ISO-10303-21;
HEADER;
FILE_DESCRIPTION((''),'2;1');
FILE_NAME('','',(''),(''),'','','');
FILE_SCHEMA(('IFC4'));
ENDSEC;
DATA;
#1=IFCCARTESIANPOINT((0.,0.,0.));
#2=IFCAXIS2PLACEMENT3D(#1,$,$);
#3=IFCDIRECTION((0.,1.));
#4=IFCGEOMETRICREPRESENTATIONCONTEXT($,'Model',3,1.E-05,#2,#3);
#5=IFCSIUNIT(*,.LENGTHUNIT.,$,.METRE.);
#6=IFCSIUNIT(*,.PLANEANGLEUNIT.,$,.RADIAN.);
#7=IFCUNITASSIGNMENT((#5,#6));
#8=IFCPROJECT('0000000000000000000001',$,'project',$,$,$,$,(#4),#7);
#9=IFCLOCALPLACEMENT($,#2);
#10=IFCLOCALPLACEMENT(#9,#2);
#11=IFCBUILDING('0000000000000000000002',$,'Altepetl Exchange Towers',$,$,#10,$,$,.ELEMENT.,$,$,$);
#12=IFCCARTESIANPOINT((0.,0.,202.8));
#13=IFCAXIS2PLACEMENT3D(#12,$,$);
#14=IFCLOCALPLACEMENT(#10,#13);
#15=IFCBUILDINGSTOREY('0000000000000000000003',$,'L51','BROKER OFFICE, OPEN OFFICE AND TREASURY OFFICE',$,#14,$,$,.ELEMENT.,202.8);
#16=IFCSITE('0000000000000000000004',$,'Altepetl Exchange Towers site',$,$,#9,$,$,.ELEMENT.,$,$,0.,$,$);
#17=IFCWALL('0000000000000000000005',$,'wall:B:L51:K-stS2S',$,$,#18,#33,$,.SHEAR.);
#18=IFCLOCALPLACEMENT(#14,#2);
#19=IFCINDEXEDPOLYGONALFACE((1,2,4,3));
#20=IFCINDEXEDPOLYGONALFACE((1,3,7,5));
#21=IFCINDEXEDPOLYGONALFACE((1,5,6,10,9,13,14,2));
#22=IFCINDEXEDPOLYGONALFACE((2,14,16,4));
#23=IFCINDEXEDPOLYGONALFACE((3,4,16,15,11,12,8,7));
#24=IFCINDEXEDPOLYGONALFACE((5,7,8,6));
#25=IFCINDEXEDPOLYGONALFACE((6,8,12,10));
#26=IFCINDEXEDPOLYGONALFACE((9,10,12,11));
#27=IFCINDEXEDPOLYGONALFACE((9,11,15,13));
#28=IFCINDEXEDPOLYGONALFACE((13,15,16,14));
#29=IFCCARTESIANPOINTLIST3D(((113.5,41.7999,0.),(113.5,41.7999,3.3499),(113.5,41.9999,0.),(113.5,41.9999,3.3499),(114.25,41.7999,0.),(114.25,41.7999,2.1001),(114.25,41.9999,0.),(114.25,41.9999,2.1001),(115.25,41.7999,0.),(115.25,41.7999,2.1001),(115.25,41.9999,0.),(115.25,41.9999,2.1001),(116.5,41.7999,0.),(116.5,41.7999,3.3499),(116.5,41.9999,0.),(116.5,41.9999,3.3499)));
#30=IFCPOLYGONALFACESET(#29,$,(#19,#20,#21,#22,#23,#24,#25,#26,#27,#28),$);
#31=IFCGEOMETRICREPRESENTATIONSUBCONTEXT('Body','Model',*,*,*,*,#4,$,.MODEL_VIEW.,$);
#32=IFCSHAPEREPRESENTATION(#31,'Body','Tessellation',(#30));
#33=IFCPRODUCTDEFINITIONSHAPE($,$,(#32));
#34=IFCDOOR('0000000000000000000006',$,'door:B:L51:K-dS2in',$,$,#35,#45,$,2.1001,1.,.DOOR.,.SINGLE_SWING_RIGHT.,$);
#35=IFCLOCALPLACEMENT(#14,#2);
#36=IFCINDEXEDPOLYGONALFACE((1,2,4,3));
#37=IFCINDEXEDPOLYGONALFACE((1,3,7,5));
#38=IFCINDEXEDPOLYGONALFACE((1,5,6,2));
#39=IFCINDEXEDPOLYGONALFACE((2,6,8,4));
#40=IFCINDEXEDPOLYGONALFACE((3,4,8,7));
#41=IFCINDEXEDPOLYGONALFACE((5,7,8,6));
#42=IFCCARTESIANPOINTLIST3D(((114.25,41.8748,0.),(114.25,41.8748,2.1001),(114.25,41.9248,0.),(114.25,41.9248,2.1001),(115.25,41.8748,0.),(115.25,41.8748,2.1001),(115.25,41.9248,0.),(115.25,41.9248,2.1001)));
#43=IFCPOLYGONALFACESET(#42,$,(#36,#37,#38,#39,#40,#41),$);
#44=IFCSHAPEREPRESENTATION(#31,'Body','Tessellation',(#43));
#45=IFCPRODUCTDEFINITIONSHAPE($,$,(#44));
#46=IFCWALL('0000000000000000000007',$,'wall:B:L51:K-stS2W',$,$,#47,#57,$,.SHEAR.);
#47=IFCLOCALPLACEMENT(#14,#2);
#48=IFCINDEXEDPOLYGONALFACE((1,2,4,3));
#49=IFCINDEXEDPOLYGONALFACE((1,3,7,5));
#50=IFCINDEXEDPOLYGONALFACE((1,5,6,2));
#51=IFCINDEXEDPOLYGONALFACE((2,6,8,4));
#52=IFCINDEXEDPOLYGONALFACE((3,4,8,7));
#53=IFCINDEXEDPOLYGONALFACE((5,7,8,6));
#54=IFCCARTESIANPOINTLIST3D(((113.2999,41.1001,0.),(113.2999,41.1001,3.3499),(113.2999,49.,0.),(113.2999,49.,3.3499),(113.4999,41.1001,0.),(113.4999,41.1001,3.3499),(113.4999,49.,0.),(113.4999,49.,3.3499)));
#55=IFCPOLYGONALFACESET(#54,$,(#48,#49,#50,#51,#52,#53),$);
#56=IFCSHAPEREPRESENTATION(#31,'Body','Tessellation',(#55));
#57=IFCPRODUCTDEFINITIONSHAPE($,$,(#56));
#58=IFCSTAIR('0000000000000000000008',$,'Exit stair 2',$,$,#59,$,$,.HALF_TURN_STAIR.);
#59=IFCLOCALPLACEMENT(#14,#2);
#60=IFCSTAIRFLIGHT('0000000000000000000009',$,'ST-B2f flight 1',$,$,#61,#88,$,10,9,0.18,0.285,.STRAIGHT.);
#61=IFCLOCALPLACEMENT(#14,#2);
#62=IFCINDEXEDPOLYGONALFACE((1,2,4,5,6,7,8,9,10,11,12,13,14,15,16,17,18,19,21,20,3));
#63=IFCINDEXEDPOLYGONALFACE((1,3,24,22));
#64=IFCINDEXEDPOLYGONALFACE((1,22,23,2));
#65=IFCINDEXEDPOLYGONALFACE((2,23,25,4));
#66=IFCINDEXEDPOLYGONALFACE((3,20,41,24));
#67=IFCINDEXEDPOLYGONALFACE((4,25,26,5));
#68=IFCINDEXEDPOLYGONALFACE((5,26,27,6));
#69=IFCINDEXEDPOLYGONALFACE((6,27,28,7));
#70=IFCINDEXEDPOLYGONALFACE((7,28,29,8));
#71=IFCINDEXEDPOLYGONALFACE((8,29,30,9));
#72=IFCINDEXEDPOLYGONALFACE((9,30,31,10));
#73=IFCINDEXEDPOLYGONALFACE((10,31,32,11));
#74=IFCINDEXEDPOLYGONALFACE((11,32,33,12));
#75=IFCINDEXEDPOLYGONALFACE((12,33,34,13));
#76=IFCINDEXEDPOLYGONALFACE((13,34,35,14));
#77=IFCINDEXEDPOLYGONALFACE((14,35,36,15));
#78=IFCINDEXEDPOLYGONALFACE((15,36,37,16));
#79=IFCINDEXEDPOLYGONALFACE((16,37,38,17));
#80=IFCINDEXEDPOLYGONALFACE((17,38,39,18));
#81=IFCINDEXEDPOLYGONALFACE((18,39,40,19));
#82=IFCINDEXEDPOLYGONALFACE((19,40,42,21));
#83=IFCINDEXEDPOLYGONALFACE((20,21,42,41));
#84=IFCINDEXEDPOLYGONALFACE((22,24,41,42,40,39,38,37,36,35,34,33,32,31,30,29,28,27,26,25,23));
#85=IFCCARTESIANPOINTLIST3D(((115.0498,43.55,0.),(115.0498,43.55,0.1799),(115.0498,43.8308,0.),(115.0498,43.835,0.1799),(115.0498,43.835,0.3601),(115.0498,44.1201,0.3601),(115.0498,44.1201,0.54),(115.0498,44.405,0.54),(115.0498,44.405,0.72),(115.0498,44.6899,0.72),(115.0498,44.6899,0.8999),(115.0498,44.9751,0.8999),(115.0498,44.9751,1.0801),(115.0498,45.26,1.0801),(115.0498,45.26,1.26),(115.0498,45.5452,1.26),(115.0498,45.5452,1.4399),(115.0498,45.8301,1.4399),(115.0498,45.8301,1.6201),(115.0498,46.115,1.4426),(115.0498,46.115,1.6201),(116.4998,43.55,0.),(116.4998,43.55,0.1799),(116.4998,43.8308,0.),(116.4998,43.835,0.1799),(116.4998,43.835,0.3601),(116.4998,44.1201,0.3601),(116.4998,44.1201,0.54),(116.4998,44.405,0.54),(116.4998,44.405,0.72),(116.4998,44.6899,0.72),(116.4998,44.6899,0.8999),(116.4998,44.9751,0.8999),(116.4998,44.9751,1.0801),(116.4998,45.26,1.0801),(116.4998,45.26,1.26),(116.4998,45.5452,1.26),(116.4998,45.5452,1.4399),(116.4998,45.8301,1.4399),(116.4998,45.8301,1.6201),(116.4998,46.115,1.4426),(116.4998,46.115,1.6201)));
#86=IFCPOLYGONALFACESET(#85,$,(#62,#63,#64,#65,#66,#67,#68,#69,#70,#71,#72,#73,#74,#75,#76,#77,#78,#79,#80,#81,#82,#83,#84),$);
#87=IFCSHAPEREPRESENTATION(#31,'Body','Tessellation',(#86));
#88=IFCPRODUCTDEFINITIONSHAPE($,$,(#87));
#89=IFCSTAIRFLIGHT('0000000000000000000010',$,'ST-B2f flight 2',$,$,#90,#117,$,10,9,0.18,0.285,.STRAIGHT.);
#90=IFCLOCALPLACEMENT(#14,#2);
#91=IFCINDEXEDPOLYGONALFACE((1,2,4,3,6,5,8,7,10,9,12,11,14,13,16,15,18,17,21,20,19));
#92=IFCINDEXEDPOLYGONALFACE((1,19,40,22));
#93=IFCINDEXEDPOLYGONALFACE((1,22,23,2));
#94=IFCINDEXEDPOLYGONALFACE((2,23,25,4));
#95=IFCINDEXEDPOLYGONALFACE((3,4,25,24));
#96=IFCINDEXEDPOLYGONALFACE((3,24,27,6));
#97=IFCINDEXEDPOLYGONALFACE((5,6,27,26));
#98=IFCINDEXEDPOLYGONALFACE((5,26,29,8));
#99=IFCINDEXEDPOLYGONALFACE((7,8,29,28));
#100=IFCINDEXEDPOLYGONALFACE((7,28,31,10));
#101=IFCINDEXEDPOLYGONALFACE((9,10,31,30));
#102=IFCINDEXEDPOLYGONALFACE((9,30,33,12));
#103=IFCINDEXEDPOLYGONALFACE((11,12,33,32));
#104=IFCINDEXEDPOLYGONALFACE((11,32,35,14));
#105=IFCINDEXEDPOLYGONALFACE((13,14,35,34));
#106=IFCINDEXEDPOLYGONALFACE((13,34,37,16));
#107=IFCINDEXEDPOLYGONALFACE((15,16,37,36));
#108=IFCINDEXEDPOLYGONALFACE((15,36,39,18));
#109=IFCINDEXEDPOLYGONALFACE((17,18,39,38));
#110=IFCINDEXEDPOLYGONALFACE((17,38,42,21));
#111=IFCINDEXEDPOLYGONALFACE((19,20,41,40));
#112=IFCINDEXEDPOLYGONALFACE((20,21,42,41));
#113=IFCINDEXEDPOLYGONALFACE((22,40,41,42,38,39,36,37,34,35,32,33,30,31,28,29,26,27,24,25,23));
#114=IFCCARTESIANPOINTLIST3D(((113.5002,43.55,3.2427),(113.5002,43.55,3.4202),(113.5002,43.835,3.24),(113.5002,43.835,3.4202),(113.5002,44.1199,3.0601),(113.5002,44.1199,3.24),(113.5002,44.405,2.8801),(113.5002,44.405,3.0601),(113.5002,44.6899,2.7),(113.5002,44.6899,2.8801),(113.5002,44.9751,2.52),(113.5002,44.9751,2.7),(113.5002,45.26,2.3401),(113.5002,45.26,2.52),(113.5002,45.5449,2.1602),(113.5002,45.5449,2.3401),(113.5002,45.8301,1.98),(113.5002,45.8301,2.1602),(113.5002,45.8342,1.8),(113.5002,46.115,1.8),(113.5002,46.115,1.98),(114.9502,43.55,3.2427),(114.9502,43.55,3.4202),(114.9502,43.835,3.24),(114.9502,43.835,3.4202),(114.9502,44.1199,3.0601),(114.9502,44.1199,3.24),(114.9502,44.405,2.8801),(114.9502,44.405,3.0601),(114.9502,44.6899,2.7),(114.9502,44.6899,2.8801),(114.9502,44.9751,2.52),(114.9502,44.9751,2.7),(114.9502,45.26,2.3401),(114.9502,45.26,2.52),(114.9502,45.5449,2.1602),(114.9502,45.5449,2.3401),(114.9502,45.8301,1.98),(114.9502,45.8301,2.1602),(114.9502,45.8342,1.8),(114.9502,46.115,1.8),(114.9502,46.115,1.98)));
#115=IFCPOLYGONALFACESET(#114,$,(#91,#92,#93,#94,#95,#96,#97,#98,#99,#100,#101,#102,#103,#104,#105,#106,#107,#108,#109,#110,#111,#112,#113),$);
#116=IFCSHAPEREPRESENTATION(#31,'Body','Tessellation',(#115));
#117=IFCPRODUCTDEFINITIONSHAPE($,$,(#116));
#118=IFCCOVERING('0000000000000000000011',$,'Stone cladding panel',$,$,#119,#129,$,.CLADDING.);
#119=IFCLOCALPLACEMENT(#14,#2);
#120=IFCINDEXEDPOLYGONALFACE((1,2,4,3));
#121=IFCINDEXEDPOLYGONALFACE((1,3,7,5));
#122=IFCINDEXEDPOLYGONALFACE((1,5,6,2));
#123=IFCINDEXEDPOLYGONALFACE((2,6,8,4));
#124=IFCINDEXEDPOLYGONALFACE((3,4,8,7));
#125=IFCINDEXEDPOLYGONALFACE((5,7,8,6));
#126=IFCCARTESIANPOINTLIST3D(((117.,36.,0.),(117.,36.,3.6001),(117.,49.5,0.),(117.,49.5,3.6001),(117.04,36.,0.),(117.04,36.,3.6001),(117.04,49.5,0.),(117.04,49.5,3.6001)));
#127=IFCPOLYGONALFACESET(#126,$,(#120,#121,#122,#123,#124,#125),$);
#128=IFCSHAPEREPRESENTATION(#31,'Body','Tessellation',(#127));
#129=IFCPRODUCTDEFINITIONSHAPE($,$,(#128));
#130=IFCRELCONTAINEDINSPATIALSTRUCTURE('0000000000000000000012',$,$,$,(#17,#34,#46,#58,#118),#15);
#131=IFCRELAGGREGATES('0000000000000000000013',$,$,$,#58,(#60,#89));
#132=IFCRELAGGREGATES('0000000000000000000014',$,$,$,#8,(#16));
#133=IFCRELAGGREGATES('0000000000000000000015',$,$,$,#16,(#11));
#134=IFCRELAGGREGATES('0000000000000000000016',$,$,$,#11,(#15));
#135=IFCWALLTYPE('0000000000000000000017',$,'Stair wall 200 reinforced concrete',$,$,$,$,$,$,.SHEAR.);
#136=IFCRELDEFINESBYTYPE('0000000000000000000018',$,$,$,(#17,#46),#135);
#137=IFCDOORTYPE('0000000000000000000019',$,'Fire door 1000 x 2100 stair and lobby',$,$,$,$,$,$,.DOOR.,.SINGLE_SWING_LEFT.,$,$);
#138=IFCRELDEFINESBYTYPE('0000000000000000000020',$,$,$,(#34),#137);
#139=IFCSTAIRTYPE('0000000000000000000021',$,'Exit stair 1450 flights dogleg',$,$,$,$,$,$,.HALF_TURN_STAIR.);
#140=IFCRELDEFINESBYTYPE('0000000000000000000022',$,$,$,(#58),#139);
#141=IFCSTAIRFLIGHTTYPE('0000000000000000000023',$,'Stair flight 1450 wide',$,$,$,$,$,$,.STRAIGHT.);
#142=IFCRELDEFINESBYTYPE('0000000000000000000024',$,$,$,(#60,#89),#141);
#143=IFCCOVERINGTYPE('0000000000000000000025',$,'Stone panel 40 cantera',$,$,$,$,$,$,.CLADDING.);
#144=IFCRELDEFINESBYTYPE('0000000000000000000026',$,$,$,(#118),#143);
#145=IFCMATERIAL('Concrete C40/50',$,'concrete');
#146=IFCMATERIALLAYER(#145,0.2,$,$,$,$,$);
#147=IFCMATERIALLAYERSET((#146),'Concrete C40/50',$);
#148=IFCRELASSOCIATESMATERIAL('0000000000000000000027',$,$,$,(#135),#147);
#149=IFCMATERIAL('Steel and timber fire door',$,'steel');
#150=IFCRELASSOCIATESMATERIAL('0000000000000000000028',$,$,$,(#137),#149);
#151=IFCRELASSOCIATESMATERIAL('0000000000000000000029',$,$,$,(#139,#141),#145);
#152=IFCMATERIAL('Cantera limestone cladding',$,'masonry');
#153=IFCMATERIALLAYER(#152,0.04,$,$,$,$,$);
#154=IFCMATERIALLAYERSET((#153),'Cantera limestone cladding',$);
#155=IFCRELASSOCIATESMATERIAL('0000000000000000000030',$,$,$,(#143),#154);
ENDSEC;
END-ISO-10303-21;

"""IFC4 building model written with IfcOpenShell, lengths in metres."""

from ifc_helpers import new_model, si_unit, direction, frame, frame_2d, origin, origin_2d, place, context, subcontext, project, spatial, polyline, rectangle, outline, extrude, material, layer, layer_set, type_object, element, fill, aggregate, save


model = new_model("IFC4")

# Units and contexts
model_context = context("Model", 3, precision=1e-05, world=origin(), true_north=direction((0.0, 1.0)))
body_context = subcontext(model_context, "Body", "Model", "MODEL_VIEW")
ifc_project = project(units=[si_unit("LENGTHUNIT", "METRE"), si_unit("PLANEANGLEUNIT", "RADIAN")], contexts=[model_context])

# Site, building, storey
site_placement = place(None, origin())
site = spatial("IfcSite", under=ifc_project, at=site_placement, Name="Altepetl Exchange Towers site", CompositionType="ELEMENT", RefElevation=0.0)
building_placement = place(site_placement, origin())
building = spatial("IfcBuilding", under=site, at=building_placement, Name="Altepetl Exchange Towers", CompositionType="ELEMENT")
storey_placement = place(building_placement, frame((0.0, 0.0, 202.8)))
storey = spatial("IfcBuildingStorey", under=building, at=storey_placement, Name="L51", Description="BROKER OFFICE, OPEN OFFICE AND TREASURY OFFICE", CompositionType="ELEMENT", Elevation=202.8)

# Shared definitions
ifc_material_1 = material(Name="Steel and timber fire door", Category="steel")

# Shared definitions
ifc_material_2 = material(Name="Concrete C40/50", Category="concrete")

# Wall, opening, door
ifc_layer_1 = layer(ifc_material_2, 0.2)
ifc_layer_set_1 = layer_set([ifc_layer_1], Name="Concrete C40/50")
wall_type_1 = type_object("IfcWallType", Name="Stair wall 200 reinforced concrete", PredefinedType="SHEAR", material=ifc_layer_set_1)
wall_1_placement = place(storey_placement, frame((113.5, 41.8999, 0.0)))
wall_1 = element("IfcWall", 1, at=wall_1_placement, inside=storey, type_object=wall_type_1, Name="wall:B:L51:K-stS2S", PredefinedType="SHEAR", context=body_context, shape_type="SweptSolid", body=[
    extrude(rectangle(XDim=3.0, YDim=0.2, at=frame_2d((1.5, 0.0))), origin(), (0.0, 0.0, 1.0), 3.3499),
])
opening_1_placement = place(wall_1_placement, frame((0.75, 0.0, 0.0)))
opening_1 = element("IfcOpeningElement", 2, at=opening_1_placement, cuts=wall_1, PredefinedType="OPENING", context=body_context, shape_type="SweptSolid", body=[
    extrude(rectangle(XDim=1.0, YDim=2.1001, at=frame_2d((0.5, 1.05))), frame((0.0, 0.1099, 0.0), z_axis=(0.0, -1.0, 0.0), x_axis=(1.0, 0.0, 0.0)), (0.0, 0.0, 1.0), 0.22),
])
door_type_1 = type_object("IfcDoorType", Name="Fire door 1000 x 2100 stair and lobby", OperationType="SINGLE_SWING_LEFT", PredefinedType="DOOR", material=ifc_material_1)
door_1_placement = place(opening_1_placement, origin())
door_1 = element("IfcDoor", 3, at=door_1_placement, inside=storey, type_object=door_type_1, Name="door:B:L51:K-dS2in", OperationType="SINGLE_SWING_RIGHT", OverallHeight=2.1001, OverallWidth=1.0, PredefinedType="DOOR", context=body_context, shape_type="SweptSolid", body=[
    extrude(rectangle(XDim=1.0, YDim=2.1001, at=frame_2d((0.5, 1.05))), frame((0.0, 0.0249, 0.0), z_axis=(0.0, -1.0, 0.0), x_axis=(1.0, 0.0, 0.0)), (0.0, 0.0, 1.0), 0.05),
])
fill(opening_1, door_1)

# Wall
wall_2_placement = place(storey_placement, frame((113.3999, 41.1001, 0.0), z_axis=(0.0, 0.0, 1.0), x_axis=(0.0, 1.0, 0.0)))
element("IfcWall", 4, at=wall_2_placement, inside=storey, type_object=wall_type_1, Name="wall:B:L51:K-stS2W", PredefinedType="SHEAR", context=body_context, shape_type="SweptSolid", body=[
    extrude(rectangle(XDim=7.8999, YDim=0.2, at=frame_2d((3.95, 0.0))), origin(), (0.0, 0.0, 1.0), 3.3499),
])

# Stair, stair flights
stair_type = type_object("IfcStairType", Name="Exit stair 1450 flights dogleg", PredefinedType="HALF_TURN_STAIR", material=ifc_material_2)
stair_placement = place(storey_placement, origin())
stair = element("IfcStair", 5, at=stair_placement, inside=storey, type_object=stair_type, Name="Exit stair 2", PredefinedType="HALF_TURN_STAIR")
stair_flight_type = type_object("IfcStairFlightType", Name="Stair flight 1450 wide", PredefinedType="STRAIGHT", material=ifc_material_2)
stair_flight_1_placement = place(storey_placement, frame((115.7749, 43.55, 0.0), z_axis=(0.0, 0.0, 1.0), x_axis=(0.0, 1.0, 0.0)))
stair_flight_1 = element("IfcStairFlight", 6, at=stair_flight_1_placement, type_object=stair_flight_type, Name="ST-B2f flight 1", NumberOfRisers=10, NumberOfTreads=9, PredefinedType="STRAIGHT", RiserHeight=0.18, TreadLength=0.285, context=body_context, shape_type="SweptSolid", body=[
    extrude(outline(polyline([(0.0, 0.0), (0.0, 0.1799), (0.2849, 0.1799), (0.2849, 0.3601), (0.5701, 0.3601), (0.5701, 0.54), (0.855, 0.54), (0.855, 0.72), (1.1399, 0.72), (1.1399, 0.8999), (1.425, 0.8999), (1.425, 1.0801), (1.71, 1.0801), (1.71, 1.26), (1.9951, 1.26), (1.9951, 1.4399), (2.28, 1.4399), (2.28, 1.6201), (2.5649, 1.6201), (2.5649, 1.8), (2.5649, 1.4426), (0.2808, 0.0), (0.0, 0.0)])), frame((0.0, 0.7251, 0.0), z_axis=(0.0, -1.0, 0.0), x_axis=(1.0, 0.0, 0.0)), (0.0, 0.0, 1.0), 1.45),
])
stair_flight_2_placement = place(storey_placement, frame((114.2251, 46.115, 1.8), z_axis=(0.0, 0.0, 1.0), x_axis=(0.0, -1.0, 0.0)))
stair_flight_2 = element("IfcStairFlight", 7, at=stair_flight_2_placement, type_object=stair_flight_type, Name="ST-B2f flight 2", NumberOfRisers=10, NumberOfTreads=9, PredefinedType="STRAIGHT", RiserHeight=0.18, TreadLength=0.285, context=body_context, shape_type="SweptSolid", body=[
    extrude(outline(polyline([(0.0, 0.0), (0.0, 0.1799), (0.2849, 0.1799), (0.2849, 0.3601), (0.5701, 0.3601), (0.5701, 0.54), (0.855, 0.54), (0.855, 0.72), (1.1399, 0.72), (1.1399, 0.8999), (1.425, 0.8999), (1.425, 1.0801), (1.71, 1.0801), (1.71, 1.26), (1.9951, 1.26), (1.9951, 1.4399), (2.28, 1.4399), (2.28, 1.6201), (2.5649, 1.6201), (2.5649, 1.8), (2.5649, 1.4426), (0.2808, 0.0), (0.0, 0.0)])), frame((0.0, 0.7251, 0.0), z_axis=(0.0, -1.0, 0.0), x_axis=(1.0, 0.0, 0.0)), (0.0, 0.0, 1.0), 1.45),
])
aggregate(stair, [stair_flight_1, stair_flight_2])

# Covering
ifc_material_3 = material(Name="Cantera limestone cladding", Category="masonry")
ifc_layer_2 = layer(ifc_material_3, 0.04)
ifc_layer_set_2 = layer_set([ifc_layer_2], Name="Cantera limestone cladding")
covering_type = type_object("IfcCoveringType", Name="Stone panel 40 cantera", PredefinedType="CLADDING", material=ifc_layer_set_2)
covering_placement = place(storey_placement, frame((117.02, 42.75, 0.0), z_axis=(0.0, 0.0, 1.0), x_axis=(0.0, 1.0, 0.0)))
element("IfcCovering", 8, at=covering_placement, inside=storey, type_object=covering_type, Name="Stone cladding panel", PredefinedType="CLADDING", context=body_context, shape_type="SweptSolid", body=[
    extrude(rectangle(XDim=13.5, YDim=0.04, at=origin_2d()), origin(), (0.0, 0.0, 1.0), 3.6001),
])

save(model, "model.ifc")
